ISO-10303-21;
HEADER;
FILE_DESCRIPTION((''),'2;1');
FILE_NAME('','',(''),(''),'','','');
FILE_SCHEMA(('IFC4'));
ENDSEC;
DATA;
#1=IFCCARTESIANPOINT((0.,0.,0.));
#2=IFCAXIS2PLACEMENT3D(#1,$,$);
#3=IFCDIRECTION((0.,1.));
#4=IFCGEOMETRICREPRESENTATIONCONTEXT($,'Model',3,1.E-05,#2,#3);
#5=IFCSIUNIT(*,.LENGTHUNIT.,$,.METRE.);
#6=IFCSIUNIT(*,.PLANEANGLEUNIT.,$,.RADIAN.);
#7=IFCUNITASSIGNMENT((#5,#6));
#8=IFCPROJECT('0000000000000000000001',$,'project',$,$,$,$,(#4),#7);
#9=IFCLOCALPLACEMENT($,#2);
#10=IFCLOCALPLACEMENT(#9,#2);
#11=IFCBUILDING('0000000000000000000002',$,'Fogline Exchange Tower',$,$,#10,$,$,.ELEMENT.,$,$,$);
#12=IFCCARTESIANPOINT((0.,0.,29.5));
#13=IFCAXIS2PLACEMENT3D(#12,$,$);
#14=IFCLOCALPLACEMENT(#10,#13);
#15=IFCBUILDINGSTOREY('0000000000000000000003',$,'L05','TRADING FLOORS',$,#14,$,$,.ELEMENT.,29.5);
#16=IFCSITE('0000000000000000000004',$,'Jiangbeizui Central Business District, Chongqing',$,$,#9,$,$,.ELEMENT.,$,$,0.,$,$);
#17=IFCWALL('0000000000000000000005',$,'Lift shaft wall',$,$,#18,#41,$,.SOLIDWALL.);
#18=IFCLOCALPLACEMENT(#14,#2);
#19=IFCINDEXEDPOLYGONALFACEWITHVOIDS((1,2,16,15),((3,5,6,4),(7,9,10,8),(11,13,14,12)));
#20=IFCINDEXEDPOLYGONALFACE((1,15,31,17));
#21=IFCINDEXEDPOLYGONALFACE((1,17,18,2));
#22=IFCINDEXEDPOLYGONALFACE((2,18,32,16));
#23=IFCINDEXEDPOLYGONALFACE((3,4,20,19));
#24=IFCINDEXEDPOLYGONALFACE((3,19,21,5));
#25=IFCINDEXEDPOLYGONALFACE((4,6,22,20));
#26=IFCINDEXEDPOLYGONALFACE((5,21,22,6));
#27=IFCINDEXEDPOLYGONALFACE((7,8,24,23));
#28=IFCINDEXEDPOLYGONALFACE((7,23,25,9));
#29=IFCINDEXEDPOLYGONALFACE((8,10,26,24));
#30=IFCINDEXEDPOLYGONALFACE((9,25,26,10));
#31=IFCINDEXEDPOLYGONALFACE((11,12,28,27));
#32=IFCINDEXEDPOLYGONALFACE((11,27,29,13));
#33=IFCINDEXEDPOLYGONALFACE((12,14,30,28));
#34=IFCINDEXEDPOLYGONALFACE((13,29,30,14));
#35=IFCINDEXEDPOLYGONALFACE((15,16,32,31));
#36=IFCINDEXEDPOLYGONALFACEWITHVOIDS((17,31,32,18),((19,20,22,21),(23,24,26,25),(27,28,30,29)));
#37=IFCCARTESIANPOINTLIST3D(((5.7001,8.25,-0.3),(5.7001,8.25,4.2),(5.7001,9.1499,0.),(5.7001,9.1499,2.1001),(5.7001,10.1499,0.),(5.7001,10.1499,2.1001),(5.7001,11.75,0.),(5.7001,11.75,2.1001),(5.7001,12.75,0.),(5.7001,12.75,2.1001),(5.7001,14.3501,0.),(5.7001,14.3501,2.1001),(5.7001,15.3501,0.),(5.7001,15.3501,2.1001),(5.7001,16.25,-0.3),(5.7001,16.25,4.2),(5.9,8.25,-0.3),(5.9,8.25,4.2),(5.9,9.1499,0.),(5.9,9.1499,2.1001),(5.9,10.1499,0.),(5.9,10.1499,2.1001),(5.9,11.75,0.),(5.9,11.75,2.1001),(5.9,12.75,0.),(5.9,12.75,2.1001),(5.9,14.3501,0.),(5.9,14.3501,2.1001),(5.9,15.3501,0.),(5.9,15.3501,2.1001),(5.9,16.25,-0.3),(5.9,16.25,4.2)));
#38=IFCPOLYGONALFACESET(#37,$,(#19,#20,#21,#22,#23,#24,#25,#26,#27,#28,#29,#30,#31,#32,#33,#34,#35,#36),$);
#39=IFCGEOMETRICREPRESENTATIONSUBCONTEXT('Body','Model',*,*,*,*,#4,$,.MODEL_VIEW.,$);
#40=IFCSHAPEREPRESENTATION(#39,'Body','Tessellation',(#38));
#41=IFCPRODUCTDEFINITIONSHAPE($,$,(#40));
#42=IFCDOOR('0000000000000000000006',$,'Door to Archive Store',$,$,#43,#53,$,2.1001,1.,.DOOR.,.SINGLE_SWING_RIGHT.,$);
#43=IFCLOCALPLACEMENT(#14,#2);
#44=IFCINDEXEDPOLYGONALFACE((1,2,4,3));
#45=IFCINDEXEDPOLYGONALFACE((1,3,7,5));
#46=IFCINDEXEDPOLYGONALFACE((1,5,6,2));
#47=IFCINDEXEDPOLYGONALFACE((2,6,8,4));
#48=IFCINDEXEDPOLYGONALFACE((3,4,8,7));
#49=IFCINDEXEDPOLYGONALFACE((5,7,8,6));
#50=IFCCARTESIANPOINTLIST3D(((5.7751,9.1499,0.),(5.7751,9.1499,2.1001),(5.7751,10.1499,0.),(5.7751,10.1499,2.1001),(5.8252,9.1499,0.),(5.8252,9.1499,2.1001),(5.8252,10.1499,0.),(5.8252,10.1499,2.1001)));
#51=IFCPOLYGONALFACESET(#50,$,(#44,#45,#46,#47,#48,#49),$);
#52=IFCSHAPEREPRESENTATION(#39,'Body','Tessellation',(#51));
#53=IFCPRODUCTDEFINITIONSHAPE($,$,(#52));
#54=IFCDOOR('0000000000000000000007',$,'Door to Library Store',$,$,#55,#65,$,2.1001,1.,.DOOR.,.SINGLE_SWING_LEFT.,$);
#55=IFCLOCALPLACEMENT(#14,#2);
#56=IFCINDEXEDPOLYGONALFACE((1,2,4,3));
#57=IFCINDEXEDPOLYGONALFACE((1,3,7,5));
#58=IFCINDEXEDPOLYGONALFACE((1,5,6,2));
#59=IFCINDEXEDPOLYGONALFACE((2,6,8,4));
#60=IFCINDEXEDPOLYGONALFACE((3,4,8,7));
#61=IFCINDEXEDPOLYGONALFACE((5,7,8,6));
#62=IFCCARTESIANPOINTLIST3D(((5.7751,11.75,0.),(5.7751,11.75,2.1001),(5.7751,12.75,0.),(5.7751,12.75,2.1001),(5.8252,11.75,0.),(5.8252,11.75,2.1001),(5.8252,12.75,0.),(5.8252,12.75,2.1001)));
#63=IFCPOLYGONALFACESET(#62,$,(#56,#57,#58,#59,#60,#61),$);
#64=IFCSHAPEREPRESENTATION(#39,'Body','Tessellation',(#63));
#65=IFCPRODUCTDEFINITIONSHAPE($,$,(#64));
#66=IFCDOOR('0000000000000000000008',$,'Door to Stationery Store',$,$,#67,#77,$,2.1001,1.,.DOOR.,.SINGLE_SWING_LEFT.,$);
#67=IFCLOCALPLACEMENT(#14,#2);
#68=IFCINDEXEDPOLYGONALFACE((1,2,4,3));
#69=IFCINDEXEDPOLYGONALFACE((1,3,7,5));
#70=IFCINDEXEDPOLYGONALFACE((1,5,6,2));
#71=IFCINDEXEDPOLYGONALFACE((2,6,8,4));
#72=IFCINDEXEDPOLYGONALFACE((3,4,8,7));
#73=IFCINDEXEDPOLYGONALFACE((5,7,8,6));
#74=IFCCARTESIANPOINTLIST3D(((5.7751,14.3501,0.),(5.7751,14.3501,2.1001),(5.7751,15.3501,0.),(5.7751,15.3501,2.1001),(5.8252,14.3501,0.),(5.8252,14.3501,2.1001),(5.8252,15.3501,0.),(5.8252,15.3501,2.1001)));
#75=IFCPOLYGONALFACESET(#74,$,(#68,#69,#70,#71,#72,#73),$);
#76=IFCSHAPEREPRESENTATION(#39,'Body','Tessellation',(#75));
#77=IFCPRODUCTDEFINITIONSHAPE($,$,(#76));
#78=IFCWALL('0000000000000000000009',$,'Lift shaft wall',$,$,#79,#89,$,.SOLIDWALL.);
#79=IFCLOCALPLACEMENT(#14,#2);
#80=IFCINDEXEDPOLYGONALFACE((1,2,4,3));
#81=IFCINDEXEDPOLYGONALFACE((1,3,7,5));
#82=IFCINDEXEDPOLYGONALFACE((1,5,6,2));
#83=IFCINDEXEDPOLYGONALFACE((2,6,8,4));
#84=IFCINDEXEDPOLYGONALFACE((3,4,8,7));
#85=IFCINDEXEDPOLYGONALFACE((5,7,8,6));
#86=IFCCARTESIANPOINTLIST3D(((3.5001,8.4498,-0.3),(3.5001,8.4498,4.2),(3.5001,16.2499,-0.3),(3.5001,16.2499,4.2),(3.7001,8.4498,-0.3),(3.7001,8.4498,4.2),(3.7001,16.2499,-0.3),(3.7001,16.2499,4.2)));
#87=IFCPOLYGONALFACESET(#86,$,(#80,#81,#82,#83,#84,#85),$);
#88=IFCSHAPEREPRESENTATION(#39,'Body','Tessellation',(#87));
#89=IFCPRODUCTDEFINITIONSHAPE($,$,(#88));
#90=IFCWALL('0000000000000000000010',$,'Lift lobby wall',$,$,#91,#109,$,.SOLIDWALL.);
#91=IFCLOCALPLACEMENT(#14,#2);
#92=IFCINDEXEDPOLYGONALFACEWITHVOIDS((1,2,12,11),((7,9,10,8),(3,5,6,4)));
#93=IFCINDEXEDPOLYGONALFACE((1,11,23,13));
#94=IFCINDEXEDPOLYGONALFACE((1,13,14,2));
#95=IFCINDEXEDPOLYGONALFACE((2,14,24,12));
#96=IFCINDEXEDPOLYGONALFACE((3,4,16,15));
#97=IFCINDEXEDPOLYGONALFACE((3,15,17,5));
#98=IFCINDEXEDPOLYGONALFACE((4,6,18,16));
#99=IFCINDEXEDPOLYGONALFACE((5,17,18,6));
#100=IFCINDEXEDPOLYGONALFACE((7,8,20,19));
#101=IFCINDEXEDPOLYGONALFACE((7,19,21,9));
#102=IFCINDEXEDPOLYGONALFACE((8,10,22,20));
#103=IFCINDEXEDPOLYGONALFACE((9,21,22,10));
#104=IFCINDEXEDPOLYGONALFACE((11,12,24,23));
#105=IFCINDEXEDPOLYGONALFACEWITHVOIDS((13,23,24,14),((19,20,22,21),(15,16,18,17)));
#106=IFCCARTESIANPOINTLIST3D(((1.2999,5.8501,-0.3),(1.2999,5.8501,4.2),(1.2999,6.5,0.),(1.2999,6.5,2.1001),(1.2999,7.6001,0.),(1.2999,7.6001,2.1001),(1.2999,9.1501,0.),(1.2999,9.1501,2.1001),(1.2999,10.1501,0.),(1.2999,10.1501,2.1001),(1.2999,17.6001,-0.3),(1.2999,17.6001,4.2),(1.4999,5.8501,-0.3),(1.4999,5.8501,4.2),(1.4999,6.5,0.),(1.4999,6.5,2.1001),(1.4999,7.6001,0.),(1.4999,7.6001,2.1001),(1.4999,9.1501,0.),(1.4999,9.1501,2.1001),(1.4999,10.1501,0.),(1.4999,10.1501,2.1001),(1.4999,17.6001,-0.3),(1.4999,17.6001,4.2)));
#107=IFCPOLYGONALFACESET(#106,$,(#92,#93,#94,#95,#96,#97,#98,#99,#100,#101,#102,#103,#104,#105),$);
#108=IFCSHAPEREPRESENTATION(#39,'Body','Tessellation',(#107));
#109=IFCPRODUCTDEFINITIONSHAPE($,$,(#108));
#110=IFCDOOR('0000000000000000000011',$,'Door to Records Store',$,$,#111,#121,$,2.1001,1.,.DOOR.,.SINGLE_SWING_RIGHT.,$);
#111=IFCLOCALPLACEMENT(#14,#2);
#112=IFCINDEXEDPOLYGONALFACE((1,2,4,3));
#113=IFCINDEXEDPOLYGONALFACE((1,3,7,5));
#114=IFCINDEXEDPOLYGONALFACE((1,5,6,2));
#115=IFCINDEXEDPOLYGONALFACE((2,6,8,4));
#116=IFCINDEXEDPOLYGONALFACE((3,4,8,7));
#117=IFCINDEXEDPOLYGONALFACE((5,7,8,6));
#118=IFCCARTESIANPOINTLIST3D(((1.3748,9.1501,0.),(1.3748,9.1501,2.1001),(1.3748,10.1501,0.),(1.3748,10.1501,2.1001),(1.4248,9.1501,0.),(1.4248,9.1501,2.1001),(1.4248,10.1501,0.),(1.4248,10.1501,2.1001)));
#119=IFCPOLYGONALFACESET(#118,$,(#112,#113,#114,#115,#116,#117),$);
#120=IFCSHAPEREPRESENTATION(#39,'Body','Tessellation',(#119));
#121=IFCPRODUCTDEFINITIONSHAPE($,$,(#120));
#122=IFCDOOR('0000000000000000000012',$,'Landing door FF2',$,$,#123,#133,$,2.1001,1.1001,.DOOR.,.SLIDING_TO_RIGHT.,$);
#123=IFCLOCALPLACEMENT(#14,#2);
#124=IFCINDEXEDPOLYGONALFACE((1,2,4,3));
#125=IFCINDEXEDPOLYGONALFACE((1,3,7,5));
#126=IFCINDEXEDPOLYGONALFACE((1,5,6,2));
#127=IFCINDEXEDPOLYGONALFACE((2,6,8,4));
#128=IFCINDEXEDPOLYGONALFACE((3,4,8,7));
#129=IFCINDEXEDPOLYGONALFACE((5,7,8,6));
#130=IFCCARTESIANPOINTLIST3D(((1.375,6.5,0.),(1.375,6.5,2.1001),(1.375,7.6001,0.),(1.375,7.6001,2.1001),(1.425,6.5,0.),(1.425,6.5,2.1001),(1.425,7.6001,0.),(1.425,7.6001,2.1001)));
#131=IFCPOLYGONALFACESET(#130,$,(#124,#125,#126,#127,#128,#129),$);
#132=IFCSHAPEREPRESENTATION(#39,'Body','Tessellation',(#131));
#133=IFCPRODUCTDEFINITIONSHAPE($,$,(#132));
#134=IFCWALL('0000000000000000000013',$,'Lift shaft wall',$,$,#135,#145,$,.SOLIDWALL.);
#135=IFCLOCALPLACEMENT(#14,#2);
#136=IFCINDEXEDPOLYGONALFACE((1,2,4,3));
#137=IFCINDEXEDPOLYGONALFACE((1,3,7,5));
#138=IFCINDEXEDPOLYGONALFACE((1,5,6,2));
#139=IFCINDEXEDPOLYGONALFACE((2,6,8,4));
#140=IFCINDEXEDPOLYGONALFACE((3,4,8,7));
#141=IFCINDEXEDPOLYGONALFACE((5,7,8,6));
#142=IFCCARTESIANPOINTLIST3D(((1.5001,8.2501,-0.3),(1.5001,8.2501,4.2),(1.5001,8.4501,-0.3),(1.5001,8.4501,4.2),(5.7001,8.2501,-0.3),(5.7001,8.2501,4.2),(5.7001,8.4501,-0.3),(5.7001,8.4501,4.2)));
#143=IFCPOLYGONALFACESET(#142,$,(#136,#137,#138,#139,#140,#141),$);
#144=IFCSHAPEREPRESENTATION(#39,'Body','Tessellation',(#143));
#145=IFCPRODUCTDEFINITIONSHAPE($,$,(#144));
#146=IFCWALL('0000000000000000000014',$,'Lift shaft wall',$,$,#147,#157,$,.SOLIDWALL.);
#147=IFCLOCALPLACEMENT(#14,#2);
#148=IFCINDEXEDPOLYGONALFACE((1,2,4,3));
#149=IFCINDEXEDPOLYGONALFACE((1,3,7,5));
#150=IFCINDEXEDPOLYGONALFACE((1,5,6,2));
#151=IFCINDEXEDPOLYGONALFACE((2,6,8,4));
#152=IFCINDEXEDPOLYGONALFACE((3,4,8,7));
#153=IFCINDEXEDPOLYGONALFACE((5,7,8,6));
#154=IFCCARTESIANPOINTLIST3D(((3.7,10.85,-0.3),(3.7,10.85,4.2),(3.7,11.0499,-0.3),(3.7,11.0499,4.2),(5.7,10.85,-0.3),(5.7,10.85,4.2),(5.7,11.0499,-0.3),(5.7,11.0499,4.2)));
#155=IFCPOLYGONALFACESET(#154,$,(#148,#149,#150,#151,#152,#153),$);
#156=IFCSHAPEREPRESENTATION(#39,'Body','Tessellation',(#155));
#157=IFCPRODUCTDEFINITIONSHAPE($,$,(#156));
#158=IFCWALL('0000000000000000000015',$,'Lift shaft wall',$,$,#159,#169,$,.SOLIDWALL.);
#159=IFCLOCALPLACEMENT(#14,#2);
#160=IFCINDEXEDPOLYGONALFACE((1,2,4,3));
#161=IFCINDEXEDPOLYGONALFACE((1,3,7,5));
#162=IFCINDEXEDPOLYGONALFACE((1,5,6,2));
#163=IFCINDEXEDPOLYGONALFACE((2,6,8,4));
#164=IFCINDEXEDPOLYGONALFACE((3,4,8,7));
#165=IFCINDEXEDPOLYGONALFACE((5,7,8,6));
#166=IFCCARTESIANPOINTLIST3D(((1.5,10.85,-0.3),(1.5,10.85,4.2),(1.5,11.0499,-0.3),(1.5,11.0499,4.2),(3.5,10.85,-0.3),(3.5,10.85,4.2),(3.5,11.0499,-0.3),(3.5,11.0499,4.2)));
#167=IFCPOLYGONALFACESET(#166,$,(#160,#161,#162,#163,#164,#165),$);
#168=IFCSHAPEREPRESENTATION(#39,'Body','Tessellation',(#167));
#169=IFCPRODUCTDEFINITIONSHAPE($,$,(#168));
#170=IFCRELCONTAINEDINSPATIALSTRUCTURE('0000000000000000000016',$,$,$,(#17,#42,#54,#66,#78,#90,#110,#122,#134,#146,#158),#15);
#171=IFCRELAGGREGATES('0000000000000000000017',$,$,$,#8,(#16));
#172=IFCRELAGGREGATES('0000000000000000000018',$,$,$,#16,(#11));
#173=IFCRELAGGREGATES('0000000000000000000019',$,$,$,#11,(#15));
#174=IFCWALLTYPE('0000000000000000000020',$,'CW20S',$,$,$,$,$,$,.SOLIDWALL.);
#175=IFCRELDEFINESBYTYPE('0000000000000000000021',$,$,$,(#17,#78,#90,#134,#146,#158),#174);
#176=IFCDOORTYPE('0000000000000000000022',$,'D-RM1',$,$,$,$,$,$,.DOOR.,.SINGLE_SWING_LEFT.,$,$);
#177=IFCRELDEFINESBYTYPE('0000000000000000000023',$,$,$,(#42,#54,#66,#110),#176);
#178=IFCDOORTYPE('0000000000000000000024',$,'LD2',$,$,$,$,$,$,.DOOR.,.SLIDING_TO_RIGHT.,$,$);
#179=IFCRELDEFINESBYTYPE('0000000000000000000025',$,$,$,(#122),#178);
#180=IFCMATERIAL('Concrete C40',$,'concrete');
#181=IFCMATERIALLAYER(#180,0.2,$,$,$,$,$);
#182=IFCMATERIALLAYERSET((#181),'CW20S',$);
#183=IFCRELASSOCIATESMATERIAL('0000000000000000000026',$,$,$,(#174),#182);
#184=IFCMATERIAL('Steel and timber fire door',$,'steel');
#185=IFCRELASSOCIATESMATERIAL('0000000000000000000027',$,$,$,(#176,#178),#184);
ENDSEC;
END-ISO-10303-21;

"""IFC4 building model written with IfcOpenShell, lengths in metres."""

from ifc_helpers import new_model, si_unit, direction, frame, frame_2d, origin, place, context, subcontext, project, spatial, rectangle, extrude, material, layer, layer_set, type_object, element, fill, save


model = new_model("IFC4")

# Units and contexts
model_context = context("Model", 3, precision=1e-05, world=origin(), true_north=direction((0.0, 1.0)))
body_context = subcontext(model_context, "Body", "Model", "MODEL_VIEW")
ifc_project = project(units=[si_unit("LENGTHUNIT", "METRE"), si_unit("PLANEANGLEUNIT", "RADIAN")], contexts=[model_context])

# Site, building, storey
site_placement = place(None, origin())
site = spatial("IfcSite", under=ifc_project, at=site_placement, Name="Jiangbeizui Central Business District, Chongqing", CompositionType="ELEMENT", RefElevation=0.0)
building_placement = place(site_placement, origin())
building = spatial("IfcBuilding", under=site, at=building_placement, Name="Fogline Exchange Tower", CompositionType="ELEMENT")
storey_placement = place(building_placement, frame((0.0, 0.0, 29.5)))
storey = spatial("IfcBuildingStorey", under=building, at=storey_placement, Name="L05", Description="TRADING FLOORS", CompositionType="ELEMENT", Elevation=29.5)

# Shared definitions
ifc_material_1 = material(Name="Concrete C40", Category="concrete")

# Shared definitions
ifc_material_2 = material(Name="Steel and timber fire door", Category="steel")

# Wall, openings, doors
ifc_layer_1 = layer(ifc_material_1, 0.2)
ifc_layer_set_1 = layer_set([ifc_layer_1], Name="CW20S")
wall_type_1 = type_object("IfcWallType", Name="CW20S", PredefinedType="SOLIDWALL", material=ifc_layer_set_1)
wall_1_placement = place(storey_placement, frame((5.8, 8.25, -0.3), z_axis=(0.0, 0.0, 1.0), x_axis=(0.0, 1.0, 0.0)))
wall_1 = element("IfcWall", 1, at=wall_1_placement, inside=storey, type_object=wall_type_1, Name="Lift shaft wall", PredefinedType="SOLIDWALL", context=body_context, shape_type="SweptSolid", body=[
    extrude(rectangle(XDim=8.0, YDim=0.2, at=frame_2d((4.0, 0.0))), origin(), (0.0, 0.0, 1.0), 4.5),
])
opening_1_placement = place(wall_1_placement, frame((0.8999, 0.0, 0.3)))
opening_1 = element("IfcOpeningElement", 2, at=opening_1_placement, cuts=wall_1, PredefinedType="OPENING", context=body_context, shape_type="SweptSolid", body=[
    extrude(rectangle(XDim=1.0, YDim=2.1001, at=frame_2d((0.5, 1.05))), frame((0.0, 0.1099, 0.0), z_axis=(0.0, -1.0, 0.0), x_axis=(1.0, 0.0, 0.0)), (0.0, 0.0, 1.0), 0.22),
])
opening_2_placement = place(wall_1_placement, frame((3.5, 0.0, 0.3)))
opening_2 = element("IfcOpeningElement", 3, at=opening_2_placement, cuts=wall_1, PredefinedType="OPENING", context=body_context, shape_type="SweptSolid", body=[
    extrude(rectangle(XDim=1.0, YDim=2.1001, at=frame_2d((0.5, 1.05))), frame((0.0, 0.1099, 0.0), z_axis=(0.0, -1.0, 0.0), x_axis=(1.0, 0.0, 0.0)), (0.0, 0.0, 1.0), 0.22),
])
opening_3_placement = place(wall_1_placement, frame((6.1001, 0.0, 0.3)))
opening_3 = element("IfcOpeningElement", 4, at=opening_3_placement, cuts=wall_1, PredefinedType="OPENING", context=body_context, shape_type="SweptSolid", body=[
    extrude(rectangle(XDim=1.0, YDim=2.1001, at=frame_2d((0.5, 1.05))), frame((0.0, 0.1099, 0.0), z_axis=(0.0, -1.0, 0.0), x_axis=(1.0, 0.0, 0.0)), (0.0, 0.0, 1.0), 0.22),
])
door_type_1 = type_object("IfcDoorType", Name="D-RM1", OperationType="SINGLE_SWING_LEFT", PredefinedType="DOOR", material=ifc_material_2)
door_1_placement = place(opening_1_placement, origin())
door_1 = element("IfcDoor", 5, at=door_1_placement, inside=storey, type_object=door_type_1, Name="Door to Archive Store", OperationType="SINGLE_SWING_RIGHT", OverallHeight=2.1001, OverallWidth=1.0, PredefinedType="DOOR", context=body_context, shape_type="SweptSolid", body=[
    extrude(rectangle(XDim=1.0, YDim=2.1001, at=frame_2d((0.5, 1.05))), frame((0.0, 0.0249, 0.0), z_axis=(0.0, -1.0, 0.0), x_axis=(1.0, 0.0, 0.0)), (0.0, 0.0, 1.0), 0.05),
])
fill(opening_1, door_1)
door_2_placement = place(opening_2_placement, origin())
door_2 = element("IfcDoor", 6, at=door_2_placement, inside=storey, type_object=door_type_1, Name="Door to Library Store", OperationType="SINGLE_SWING_LEFT", OverallHeight=2.1001, OverallWidth=1.0, PredefinedType="DOOR", context=body_context, shape_type="SweptSolid", body=[
    extrude(rectangle(XDim=1.0, YDim=2.1001, at=frame_2d((0.5, 1.05))), frame((0.0, 0.0249, 0.0), z_axis=(0.0, -1.0, 0.0), x_axis=(1.0, 0.0, 0.0)), (0.0, 0.0, 1.0), 0.05),
])
fill(opening_2, door_2)
door_3_placement = place(opening_3_placement, origin())
door_3 = element("IfcDoor", 7, at=door_3_placement, inside=storey, type_object=door_type_1, Name="Door to Stationery Store", OperationType="SINGLE_SWING_LEFT", OverallHeight=2.1001, OverallWidth=1.0, PredefinedType="DOOR", context=body_context, shape_type="SweptSolid", body=[
    extrude(rectangle(XDim=1.0, YDim=2.1001, at=frame_2d((0.5, 1.05))), frame((0.0, 0.0249, 0.0), z_axis=(0.0, -1.0, 0.0), x_axis=(1.0, 0.0, 0.0)), (0.0, 0.0, 1.0), 0.05),
])
fill(opening_3, door_3)

# Wall
wall_2_placement = place(storey_placement, frame((3.6001, 8.45, -0.3), z_axis=(0.0, 0.0, 1.0), x_axis=(0.0, 1.0, 0.0)))
element("IfcWall", 8, at=wall_2_placement, inside=storey, type_object=wall_type_1, Name="Lift shaft wall", PredefinedType="SOLIDWALL", context=body_context, shape_type="SweptSolid", body=[
    extrude(rectangle(XDim=7.8, YDim=0.2, at=frame_2d((3.8999, 0.0))), origin(), (0.0, 0.0, 1.0), 4.5),
])

# Wall, openings, doors
wall_3_placement = place(storey_placement, frame((1.3999, 5.8501, -0.3), z_axis=(0.0, 0.0, 1.0), x_axis=(0.0, 1.0, 0.0)))
wall_3 = element("IfcWall", 9, at=wall_3_placement, inside=storey, type_object=wall_type_1, Name="Lift lobby wall", PredefinedType="SOLIDWALL", context=body_context, shape_type="SweptSolid", body=[
    extrude(rectangle(XDim=11.75, YDim=0.2, at=frame_2d((5.875, 0.0))), origin(), (0.0, 0.0, 1.0), 4.5),
])
opening_4_placement = place(wall_3_placement, frame((0.6499, 0.0, 0.3)))
opening_4 = element("IfcOpeningElement", 10, at=opening_4_placement, cuts=wall_3, PredefinedType="OPENING", context=body_context, shape_type="SweptSolid", body=[
    extrude(rectangle(XDim=1.1001, YDim=2.1001, at=frame_2d((0.55, 1.05))), frame((0.0, 0.1099, 0.0), z_axis=(0.0, -1.0, 0.0), x_axis=(1.0, 0.0, 0.0)), (0.0, 0.0, 1.0), 0.22),
])
opening_5_placement = place(wall_3_placement, frame((3.3, 0.0, 0.3)))
opening_5 = element("IfcOpeningElement", 11, at=opening_5_placement, cuts=wall_3, PredefinedType="OPENING", context=body_context, shape_type="SweptSolid", body=[
    extrude(rectangle(XDim=1.0, YDim=2.1001, at=frame_2d((0.5, 1.05))), frame((0.0, 0.1099, 0.0), z_axis=(0.0, -1.0, 0.0), x_axis=(1.0, 0.0, 0.0)), (0.0, 0.0, 1.0), 0.22),
])
door_4_placement = place(opening_5_placement, frame((1.0, 0.0, 0.0), z_axis=(0.0, 0.0, 1.0), x_axis=(-1.0, 0.0, 0.0)))
door_4 = element("IfcDoor", 12, at=door_4_placement, inside=storey, type_object=door_type_1, Name="Door to Records Store", OperationType="SINGLE_SWING_RIGHT", OverallHeight=2.1001, OverallWidth=1.0, PredefinedType="DOOR", context=body_context, shape_type="SweptSolid", body=[
    extrude(rectangle(XDim=1.0, YDim=2.1001, at=frame_2d((0.5, 1.05))), frame((0.0, 0.0249, 0.0), z_axis=(0.0, -1.0, 0.0), x_axis=(1.0, 0.0, 0.0)), (0.0, 0.0, 1.0), 0.05),
])
fill(opening_5, door_4)
door_type_2 = type_object("IfcDoorType", Name="LD2", OperationType="SLIDING_TO_RIGHT", PredefinedType="DOOR", material=ifc_material_2)
door_5_placement = place(opening_4_placement, origin())
door_5 = element("IfcDoor", 13, at=door_5_placement, inside=storey, type_object=door_type_2, Name="Landing door FF2", OperationType="SLIDING_TO_RIGHT", OverallHeight=2.1001, OverallWidth=1.1001, PredefinedType="DOOR", context=body_context, shape_type="SweptSolid", body=[
    extrude(rectangle(XDim=1.1001, YDim=2.1001, at=frame_2d((0.55, 1.05))), frame((0.0, 0.0249, 0.0), z_axis=(0.0, -1.0, 0.0), x_axis=(1.0, 0.0, 0.0)), (0.0, 0.0, 1.0), 0.05),
])
fill(opening_4, door_5)

# Walls
wall_4_placement = place(storey_placement, frame((1.5, 8.3501, -0.3), z_axis=(0.0, 0.0, 1.0), x_axis=(1.0, 0.0, 0.0)))
element("IfcWall", 14, at=wall_4_placement, inside=storey, type_object=wall_type_1, Name="Lift shaft wall", PredefinedType="SOLIDWALL", context=body_context, shape_type="SweptSolid", body=[
    extrude(rectangle(XDim=4.2, YDim=0.2, at=frame_2d((2.1001, 0.0))), origin(), (0.0, 0.0, 1.0), 4.5),
])
for number, where, z_axis, x_axis, name in (
    (15, (3.7, 10.95, -0.3), (0.0, 0.0, 1.0), (1.0, 0.0, 0.0), "Lift shaft wall"),
    (16, (1.5, 10.95, -0.3), (0.0, 0.0, 1.0), (1.0, 0.0, 0.0), "Lift shaft wall"),
):
    element("IfcWall", number, at=place(storey_placement, frame(where, z_axis=z_axis, x_axis=x_axis)), inside=storey, type_object=wall_type_1, Name=name, PredefinedType="SOLIDWALL", context=body_context, shape_type="SweptSolid", body=[
        extrude(rectangle(XDim=2.0, YDim=0.2, at=frame_2d((1.0, 0.0))), origin(), (0.0, 0.0, 1.0), 4.5),
    ])

save(model, "model.ifc")
